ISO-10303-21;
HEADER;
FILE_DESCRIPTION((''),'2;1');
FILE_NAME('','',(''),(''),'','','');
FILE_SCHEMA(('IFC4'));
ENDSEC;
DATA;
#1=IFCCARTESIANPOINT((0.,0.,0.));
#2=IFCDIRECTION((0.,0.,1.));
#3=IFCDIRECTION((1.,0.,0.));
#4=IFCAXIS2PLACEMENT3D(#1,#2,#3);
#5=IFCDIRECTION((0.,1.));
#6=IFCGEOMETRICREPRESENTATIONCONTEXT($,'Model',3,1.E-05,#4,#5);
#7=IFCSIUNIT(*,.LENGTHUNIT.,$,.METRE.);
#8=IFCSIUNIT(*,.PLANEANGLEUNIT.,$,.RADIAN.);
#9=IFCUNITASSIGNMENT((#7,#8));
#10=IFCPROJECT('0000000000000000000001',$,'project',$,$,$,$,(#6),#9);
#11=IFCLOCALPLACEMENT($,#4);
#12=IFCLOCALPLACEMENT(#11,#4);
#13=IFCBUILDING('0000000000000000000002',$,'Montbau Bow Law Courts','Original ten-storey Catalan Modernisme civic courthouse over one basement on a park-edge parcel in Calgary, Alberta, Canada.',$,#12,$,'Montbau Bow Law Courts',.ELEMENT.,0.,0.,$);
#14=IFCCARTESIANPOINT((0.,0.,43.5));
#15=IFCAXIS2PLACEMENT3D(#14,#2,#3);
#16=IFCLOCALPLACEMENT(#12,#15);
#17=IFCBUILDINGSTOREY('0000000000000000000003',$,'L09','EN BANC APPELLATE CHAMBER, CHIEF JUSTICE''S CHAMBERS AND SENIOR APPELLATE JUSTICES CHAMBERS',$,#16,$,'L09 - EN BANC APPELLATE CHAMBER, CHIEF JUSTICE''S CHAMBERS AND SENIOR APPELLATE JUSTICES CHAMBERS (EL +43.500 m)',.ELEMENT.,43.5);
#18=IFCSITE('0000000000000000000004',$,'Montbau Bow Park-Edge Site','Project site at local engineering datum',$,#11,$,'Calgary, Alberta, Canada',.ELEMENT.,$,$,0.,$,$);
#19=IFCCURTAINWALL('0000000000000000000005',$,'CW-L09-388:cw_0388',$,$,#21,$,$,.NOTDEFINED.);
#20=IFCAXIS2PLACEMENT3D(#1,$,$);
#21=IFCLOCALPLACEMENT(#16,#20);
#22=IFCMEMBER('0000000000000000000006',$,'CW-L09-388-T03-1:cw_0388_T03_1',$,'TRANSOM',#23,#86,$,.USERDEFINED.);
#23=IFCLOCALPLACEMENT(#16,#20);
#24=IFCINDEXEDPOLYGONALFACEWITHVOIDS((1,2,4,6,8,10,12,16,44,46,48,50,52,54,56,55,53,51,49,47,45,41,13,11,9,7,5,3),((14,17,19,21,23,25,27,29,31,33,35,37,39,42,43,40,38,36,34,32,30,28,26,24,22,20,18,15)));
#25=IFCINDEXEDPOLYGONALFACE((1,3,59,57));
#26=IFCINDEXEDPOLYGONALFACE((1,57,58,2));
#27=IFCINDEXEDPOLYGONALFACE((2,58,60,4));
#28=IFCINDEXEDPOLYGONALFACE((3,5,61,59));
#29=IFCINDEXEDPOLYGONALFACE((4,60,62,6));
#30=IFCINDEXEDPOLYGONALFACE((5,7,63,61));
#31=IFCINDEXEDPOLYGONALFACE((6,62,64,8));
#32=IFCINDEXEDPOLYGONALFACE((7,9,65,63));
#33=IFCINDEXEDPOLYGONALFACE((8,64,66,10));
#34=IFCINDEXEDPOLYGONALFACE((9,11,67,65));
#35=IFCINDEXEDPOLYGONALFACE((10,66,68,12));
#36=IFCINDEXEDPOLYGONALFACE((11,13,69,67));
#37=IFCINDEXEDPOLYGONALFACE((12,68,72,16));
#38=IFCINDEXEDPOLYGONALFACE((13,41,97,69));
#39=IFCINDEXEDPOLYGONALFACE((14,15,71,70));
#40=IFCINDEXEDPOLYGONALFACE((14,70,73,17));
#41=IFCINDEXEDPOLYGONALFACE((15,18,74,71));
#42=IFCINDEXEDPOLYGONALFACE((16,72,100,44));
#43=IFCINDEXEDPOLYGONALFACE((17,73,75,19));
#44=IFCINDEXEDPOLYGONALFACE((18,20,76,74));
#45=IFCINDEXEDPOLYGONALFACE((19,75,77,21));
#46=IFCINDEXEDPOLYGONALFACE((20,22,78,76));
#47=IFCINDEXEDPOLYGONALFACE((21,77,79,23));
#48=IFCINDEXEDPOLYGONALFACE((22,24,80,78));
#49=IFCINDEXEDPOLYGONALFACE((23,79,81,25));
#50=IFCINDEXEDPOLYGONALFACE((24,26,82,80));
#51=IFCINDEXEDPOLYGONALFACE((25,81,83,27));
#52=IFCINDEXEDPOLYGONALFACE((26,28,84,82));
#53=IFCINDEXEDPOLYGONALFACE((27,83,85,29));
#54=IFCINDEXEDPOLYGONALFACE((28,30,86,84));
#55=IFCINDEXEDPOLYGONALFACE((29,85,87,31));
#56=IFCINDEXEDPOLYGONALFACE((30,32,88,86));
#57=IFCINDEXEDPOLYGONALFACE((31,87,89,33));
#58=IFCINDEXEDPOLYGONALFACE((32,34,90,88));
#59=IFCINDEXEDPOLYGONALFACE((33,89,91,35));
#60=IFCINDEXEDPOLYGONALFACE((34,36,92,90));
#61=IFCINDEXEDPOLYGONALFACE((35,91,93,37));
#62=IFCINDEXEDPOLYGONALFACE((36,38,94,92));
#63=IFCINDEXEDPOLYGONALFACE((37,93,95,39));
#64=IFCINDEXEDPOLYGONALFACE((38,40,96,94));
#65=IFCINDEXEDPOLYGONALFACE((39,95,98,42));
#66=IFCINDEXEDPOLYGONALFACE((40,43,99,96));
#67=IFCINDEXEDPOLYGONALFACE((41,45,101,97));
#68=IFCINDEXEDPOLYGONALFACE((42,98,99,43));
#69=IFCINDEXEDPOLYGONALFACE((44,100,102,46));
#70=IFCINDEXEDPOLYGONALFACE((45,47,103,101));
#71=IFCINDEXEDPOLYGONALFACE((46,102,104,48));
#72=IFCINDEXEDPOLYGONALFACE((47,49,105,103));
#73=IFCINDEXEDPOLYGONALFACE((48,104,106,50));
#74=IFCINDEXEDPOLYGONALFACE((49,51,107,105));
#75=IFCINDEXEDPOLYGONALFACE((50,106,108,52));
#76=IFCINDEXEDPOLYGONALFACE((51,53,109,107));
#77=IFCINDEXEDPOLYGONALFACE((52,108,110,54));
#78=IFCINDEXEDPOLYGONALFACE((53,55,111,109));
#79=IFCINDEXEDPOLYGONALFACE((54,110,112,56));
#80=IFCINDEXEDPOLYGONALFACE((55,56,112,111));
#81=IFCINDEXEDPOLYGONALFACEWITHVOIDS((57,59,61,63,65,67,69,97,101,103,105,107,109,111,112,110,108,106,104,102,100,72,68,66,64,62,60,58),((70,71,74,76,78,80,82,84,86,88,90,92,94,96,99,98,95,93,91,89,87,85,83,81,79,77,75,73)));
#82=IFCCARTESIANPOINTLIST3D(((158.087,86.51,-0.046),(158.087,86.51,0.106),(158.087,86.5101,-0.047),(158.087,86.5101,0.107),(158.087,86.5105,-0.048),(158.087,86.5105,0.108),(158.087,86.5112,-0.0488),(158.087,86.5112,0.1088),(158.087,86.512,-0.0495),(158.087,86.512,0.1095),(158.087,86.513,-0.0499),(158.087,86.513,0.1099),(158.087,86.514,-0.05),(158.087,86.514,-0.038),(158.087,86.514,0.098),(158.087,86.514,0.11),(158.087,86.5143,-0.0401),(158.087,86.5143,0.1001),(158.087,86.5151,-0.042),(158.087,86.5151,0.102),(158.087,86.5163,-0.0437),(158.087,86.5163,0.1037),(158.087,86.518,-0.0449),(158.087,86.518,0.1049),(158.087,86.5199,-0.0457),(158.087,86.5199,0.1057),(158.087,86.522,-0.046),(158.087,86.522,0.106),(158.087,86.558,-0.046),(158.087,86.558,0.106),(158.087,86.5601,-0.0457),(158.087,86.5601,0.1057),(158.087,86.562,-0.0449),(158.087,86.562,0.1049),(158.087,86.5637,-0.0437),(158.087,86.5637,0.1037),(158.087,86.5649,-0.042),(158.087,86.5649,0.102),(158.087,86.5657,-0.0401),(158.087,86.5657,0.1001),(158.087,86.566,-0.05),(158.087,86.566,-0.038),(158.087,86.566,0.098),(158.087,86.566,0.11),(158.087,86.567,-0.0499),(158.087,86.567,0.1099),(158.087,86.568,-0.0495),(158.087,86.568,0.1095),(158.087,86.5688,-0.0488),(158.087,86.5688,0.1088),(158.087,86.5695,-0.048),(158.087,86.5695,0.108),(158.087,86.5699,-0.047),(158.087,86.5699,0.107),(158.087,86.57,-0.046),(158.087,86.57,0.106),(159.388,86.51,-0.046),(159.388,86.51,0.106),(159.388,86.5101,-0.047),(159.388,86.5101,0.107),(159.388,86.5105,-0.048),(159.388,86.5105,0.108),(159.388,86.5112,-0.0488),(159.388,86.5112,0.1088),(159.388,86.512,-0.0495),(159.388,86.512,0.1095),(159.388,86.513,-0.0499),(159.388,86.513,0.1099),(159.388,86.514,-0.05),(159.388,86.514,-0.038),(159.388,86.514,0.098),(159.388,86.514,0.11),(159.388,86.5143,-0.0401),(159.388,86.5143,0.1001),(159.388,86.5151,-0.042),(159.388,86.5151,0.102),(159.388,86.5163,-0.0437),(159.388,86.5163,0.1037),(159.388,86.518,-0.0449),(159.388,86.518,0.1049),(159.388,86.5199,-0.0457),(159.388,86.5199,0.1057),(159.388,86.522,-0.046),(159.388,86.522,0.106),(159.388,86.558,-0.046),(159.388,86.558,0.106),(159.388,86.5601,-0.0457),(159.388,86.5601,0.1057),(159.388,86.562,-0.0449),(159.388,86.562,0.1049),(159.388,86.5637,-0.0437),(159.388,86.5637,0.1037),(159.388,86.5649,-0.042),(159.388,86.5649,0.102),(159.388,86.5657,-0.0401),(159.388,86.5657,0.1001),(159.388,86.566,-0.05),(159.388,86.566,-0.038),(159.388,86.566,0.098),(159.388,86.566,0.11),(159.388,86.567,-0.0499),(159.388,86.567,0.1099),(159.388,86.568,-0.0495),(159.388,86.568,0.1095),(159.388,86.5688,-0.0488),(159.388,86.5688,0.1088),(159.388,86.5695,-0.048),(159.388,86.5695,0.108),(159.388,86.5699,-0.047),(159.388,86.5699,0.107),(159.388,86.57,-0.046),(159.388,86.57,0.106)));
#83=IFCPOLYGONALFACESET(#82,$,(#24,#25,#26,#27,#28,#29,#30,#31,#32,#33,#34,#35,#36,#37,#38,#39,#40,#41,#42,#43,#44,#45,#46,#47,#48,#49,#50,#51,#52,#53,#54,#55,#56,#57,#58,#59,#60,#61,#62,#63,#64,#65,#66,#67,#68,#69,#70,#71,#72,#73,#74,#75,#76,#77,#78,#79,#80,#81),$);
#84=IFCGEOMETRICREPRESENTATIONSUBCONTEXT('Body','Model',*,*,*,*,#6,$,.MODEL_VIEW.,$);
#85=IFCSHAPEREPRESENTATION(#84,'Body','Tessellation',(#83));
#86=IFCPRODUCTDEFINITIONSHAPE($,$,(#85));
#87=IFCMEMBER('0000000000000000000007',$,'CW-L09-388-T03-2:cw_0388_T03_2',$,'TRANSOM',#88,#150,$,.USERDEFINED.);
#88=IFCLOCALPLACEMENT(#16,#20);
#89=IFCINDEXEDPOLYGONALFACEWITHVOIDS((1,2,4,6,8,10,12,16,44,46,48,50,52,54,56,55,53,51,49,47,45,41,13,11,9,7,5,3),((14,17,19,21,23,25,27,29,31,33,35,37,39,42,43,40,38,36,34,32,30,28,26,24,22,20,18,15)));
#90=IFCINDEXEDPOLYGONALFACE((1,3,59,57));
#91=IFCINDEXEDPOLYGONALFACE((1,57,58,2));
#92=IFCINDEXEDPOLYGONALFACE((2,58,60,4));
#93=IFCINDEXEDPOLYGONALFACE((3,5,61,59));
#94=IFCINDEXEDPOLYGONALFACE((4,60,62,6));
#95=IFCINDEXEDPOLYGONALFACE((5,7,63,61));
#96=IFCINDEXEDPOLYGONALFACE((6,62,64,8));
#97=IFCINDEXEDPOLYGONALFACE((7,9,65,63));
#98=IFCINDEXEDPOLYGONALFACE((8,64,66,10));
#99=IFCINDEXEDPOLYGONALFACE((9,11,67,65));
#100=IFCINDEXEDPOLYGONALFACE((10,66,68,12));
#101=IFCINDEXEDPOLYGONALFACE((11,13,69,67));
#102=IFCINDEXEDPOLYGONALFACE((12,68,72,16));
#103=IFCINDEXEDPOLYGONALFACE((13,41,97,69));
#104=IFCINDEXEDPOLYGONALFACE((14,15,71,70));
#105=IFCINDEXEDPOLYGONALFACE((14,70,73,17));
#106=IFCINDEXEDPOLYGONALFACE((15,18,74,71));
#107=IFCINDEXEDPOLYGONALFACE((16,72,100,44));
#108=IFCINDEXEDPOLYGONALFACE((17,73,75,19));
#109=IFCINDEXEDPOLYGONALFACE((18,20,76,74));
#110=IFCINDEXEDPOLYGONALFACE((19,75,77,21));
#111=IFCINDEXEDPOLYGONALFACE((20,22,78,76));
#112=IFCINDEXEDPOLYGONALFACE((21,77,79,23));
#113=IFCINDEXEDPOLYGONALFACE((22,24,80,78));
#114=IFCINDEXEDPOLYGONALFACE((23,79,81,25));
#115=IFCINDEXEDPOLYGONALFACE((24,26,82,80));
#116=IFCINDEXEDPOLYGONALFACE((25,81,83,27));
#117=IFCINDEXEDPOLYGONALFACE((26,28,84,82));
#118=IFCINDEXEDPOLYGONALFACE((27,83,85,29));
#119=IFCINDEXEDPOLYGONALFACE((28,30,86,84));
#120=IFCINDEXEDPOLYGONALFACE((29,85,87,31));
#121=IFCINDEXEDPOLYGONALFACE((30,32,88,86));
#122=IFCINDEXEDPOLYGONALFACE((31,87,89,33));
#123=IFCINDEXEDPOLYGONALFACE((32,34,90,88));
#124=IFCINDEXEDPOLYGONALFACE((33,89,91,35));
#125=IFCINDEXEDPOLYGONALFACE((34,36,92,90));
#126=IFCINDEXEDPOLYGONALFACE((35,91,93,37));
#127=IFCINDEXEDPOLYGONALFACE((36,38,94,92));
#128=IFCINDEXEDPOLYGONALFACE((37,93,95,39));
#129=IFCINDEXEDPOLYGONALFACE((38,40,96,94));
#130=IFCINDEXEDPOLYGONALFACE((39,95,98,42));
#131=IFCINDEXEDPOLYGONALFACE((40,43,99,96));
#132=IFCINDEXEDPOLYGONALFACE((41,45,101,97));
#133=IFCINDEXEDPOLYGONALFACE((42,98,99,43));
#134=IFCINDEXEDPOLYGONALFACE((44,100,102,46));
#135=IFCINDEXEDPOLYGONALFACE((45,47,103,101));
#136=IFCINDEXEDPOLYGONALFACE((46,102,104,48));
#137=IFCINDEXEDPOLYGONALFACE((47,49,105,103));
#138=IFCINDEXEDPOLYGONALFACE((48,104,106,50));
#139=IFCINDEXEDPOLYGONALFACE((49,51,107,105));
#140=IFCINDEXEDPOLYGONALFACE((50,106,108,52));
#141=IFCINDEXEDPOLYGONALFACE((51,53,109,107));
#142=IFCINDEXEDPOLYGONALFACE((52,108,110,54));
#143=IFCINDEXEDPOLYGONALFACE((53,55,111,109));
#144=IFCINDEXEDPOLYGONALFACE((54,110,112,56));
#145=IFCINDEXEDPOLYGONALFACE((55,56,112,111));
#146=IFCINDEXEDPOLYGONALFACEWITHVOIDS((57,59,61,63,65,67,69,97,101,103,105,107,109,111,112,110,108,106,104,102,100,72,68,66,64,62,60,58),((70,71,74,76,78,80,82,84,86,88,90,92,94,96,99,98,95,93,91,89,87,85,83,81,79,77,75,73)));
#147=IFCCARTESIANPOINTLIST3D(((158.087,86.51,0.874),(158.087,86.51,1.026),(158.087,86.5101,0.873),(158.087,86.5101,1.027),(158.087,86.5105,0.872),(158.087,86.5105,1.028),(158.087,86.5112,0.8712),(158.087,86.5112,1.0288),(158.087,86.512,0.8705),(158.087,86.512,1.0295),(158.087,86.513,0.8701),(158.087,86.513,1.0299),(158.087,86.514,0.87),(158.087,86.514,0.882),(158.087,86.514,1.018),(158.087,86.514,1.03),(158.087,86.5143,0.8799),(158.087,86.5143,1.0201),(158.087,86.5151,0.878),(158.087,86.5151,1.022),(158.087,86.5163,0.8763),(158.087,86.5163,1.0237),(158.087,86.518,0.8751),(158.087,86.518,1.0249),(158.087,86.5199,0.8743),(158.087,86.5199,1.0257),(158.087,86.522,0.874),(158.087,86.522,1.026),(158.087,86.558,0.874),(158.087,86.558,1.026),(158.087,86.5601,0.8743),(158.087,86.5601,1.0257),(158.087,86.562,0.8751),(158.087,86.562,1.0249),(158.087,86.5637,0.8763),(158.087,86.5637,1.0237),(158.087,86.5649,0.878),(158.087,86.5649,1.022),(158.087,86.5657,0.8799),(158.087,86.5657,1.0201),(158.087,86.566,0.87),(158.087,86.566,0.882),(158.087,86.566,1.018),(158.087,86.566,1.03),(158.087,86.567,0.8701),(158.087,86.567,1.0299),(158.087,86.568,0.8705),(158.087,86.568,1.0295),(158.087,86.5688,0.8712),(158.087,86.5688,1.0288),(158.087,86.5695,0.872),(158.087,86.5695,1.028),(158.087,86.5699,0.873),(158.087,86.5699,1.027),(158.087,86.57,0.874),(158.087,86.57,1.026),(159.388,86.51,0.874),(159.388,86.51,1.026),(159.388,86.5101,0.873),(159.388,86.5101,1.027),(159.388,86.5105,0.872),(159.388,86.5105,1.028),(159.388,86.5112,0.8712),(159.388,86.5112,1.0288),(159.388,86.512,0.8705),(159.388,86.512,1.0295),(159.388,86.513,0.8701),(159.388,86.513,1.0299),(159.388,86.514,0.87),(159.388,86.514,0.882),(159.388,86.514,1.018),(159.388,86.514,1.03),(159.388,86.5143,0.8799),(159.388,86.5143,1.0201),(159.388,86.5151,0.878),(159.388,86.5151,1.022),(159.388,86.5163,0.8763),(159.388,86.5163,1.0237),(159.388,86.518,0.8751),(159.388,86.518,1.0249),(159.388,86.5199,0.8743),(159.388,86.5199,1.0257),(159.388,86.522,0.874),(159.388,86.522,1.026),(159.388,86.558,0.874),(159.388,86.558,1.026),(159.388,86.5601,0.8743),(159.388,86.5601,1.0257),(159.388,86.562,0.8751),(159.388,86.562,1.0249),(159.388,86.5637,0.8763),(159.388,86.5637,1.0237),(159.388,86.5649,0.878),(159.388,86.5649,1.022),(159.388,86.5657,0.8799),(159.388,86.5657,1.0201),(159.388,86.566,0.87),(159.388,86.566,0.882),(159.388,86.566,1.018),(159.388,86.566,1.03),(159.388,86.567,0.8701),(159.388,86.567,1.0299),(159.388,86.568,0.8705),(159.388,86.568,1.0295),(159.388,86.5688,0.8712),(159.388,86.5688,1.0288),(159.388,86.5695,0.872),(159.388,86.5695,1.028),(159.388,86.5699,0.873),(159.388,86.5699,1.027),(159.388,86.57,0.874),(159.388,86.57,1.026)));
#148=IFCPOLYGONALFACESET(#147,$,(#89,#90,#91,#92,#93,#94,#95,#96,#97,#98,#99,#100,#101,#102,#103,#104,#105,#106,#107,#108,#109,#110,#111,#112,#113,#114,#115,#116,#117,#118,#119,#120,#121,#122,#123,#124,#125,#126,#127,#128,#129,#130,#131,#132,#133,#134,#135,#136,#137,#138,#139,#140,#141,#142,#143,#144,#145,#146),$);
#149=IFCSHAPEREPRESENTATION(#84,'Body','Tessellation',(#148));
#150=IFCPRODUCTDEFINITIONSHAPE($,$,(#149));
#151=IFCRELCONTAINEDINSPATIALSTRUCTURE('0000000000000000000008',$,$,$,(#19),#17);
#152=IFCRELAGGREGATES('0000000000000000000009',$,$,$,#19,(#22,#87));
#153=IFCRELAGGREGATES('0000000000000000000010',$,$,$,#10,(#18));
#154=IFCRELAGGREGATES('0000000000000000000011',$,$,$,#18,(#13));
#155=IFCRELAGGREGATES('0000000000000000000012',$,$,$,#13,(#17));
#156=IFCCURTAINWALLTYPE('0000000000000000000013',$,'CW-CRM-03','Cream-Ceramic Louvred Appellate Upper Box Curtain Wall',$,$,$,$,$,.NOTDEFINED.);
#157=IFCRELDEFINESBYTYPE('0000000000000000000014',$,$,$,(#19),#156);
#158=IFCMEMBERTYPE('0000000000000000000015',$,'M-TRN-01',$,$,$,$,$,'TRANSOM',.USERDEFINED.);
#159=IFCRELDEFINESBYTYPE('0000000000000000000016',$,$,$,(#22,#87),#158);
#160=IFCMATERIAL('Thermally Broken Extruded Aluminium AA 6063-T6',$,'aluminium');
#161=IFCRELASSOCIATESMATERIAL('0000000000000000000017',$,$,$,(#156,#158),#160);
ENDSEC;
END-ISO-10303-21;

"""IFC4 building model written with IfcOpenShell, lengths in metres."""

from ifc_helpers import new_model, si_unit, direction, frame, origin_with_axes, origin_2d_with_axis, place, context, subcontext, project, spatial, hollow_rectangle, extrude, material, material_profile, profile_set, type_object, element, aggregate, save


model = new_model("IFC4")

# Units and contexts
model_context = context("Model", 3, precision=1e-05, world=origin_with_axes(), true_north=direction((0.0, 1.0)))
body_context = subcontext(model_context, "Body", "Model", "MODEL_VIEW")
ifc_project = project(units=[si_unit("LENGTHUNIT", "METRE"), si_unit("PLANEANGLEUNIT", "RADIAN")], contexts=[model_context])

# Site, building, storey
site_placement = place(None, origin_with_axes())
site = spatial("IfcSite", under=ifc_project, at=site_placement, Name="Montbau Bow Park-Edge Site", Description="Project site at local engineering datum", LongName="Calgary, Alberta, Canada", CompositionType="ELEMENT", RefElevation=0.0)
building_placement = place(site_placement, origin_with_axes())
building = spatial("IfcBuilding", under=site, at=building_placement, Name="Montbau Bow Law Courts", Description="Original ten-storey Catalan Modernisme civic courthouse over one basement on a park-edge parcel in Calgary, Alberta, Canada.", LongName="Montbau Bow Law Courts", CompositionType="ELEMENT", ElevationOfRefHeight=0.0, ElevationOfTerrain=0.0)
storey_placement = place(building_placement, frame((0.0, 0.0, 43.5), z_axis=(0.0, 0.0, 1.0), x_axis=(1.0, 0.0, 0.0)))
storey = spatial("IfcBuildingStorey", under=building, at=storey_placement, Name="L09", Description="EN BANC APPELLATE CHAMBER, CHIEF JUSTICE'S CHAMBERS AND SENIOR APPELLATE JUSTICES CHAMBERS", LongName="L09 - EN BANC APPELLATE CHAMBER, CHIEF JUSTICE'S CHAMBERS AND SENIOR APPELLATE JUSTICES CHAMBERS (EL +43.500 m)", CompositionType="ELEMENT", Elevation=43.5)

# Curtain wall, members
ifc_material_1 = material(Name="Thermally Broken Extruded Aluminium AA 6063-T6", Category="aluminium")
curtain_wall_type = type_object("IfcCurtainWallType", Name="CW-CRM-03", Description="Cream-Ceramic Louvred Appellate Upper Box Curtain Wall", PredefinedType="NOTDEFINED", material=ifc_material_1)
curtain_wall_placement = place(None, frame((155.315, 86.54, 43.5), z_axis=(0.0, 0.0, 1.0), x_axis=(1.0, 0.0, 0.0)))
curtain_wall = element("IfcCurtainWall", 1, at=curtain_wall_placement, inside=storey, type_object=curtain_wall_type, Name="CW-L09-388:cw_0388", PredefinedType="NOTDEFINED")
ifc_material_profile_1 = material_profile(ifc_material_1, hollow_rectangle(XDim=0.06, YDim=0.16, WallThickness=0.004, InnerFilletRadius=0.008, OuterFilletRadius=0.004, at=origin_2d_with_axis()), Name="CWT-160X60", Category="Main", Priority=0)
ifc_profile_set_1 = profile_set([ifc_material_profile_1], Name="Thermally Broken Extruded Aluminium AA 6063-T6")
member_type_1 = type_object("IfcMemberType", Name="M-TRN-01", ElementType="TRANSOM", PredefinedType="USERDEFINED", material=ifc_profile_set_1)
member_1_placement = place(None, frame((158.087, 86.54, 43.53), z_axis=(1.0, 0.0, 0.0), x_axis=(0.0, 1.0, 0.0)))
member_1 = element("IfcMember", 2, at=member_1_placement, type_object=member_type_1, Name="CW-L09-388-T03-1:cw_0388_T03_1", ObjectType="TRANSOM", PredefinedType="USERDEFINED", context=body_context, shape_type="SweptSolid", body=[
    extrude(hollow_rectangle(XDim=0.06, YDim=0.16, WallThickness=0.004, InnerFilletRadius=0.008, OuterFilletRadius=0.004, at=origin_2d_with_axis()), origin_with_axes(), (0.0, 0.0, 1.0), 1.301),
])
member_2_placement = place(None, frame((158.087, 86.54, 44.45), z_axis=(1.0, 0.0, 0.0), x_axis=(0.0, 1.0, 0.0)))
member_2 = element("IfcMember", 3, at=member_2_placement, type_object=member_type_1, Name="CW-L09-388-T03-2:cw_0388_T03_2", ObjectType="TRANSOM", PredefinedType="USERDEFINED", context=body_context, shape_type="SweptSolid", body=[
    extrude(hollow_rectangle(XDim=0.06, YDim=0.16, WallThickness=0.004, InnerFilletRadius=0.008, OuterFilletRadius=0.004, at=origin_2d_with_axis()), origin_with_axes(), (0.0, 0.0, 1.0), 1.301),
])
aggregate(curtain_wall, [member_1, member_2])

save(model, "model.ifc")
